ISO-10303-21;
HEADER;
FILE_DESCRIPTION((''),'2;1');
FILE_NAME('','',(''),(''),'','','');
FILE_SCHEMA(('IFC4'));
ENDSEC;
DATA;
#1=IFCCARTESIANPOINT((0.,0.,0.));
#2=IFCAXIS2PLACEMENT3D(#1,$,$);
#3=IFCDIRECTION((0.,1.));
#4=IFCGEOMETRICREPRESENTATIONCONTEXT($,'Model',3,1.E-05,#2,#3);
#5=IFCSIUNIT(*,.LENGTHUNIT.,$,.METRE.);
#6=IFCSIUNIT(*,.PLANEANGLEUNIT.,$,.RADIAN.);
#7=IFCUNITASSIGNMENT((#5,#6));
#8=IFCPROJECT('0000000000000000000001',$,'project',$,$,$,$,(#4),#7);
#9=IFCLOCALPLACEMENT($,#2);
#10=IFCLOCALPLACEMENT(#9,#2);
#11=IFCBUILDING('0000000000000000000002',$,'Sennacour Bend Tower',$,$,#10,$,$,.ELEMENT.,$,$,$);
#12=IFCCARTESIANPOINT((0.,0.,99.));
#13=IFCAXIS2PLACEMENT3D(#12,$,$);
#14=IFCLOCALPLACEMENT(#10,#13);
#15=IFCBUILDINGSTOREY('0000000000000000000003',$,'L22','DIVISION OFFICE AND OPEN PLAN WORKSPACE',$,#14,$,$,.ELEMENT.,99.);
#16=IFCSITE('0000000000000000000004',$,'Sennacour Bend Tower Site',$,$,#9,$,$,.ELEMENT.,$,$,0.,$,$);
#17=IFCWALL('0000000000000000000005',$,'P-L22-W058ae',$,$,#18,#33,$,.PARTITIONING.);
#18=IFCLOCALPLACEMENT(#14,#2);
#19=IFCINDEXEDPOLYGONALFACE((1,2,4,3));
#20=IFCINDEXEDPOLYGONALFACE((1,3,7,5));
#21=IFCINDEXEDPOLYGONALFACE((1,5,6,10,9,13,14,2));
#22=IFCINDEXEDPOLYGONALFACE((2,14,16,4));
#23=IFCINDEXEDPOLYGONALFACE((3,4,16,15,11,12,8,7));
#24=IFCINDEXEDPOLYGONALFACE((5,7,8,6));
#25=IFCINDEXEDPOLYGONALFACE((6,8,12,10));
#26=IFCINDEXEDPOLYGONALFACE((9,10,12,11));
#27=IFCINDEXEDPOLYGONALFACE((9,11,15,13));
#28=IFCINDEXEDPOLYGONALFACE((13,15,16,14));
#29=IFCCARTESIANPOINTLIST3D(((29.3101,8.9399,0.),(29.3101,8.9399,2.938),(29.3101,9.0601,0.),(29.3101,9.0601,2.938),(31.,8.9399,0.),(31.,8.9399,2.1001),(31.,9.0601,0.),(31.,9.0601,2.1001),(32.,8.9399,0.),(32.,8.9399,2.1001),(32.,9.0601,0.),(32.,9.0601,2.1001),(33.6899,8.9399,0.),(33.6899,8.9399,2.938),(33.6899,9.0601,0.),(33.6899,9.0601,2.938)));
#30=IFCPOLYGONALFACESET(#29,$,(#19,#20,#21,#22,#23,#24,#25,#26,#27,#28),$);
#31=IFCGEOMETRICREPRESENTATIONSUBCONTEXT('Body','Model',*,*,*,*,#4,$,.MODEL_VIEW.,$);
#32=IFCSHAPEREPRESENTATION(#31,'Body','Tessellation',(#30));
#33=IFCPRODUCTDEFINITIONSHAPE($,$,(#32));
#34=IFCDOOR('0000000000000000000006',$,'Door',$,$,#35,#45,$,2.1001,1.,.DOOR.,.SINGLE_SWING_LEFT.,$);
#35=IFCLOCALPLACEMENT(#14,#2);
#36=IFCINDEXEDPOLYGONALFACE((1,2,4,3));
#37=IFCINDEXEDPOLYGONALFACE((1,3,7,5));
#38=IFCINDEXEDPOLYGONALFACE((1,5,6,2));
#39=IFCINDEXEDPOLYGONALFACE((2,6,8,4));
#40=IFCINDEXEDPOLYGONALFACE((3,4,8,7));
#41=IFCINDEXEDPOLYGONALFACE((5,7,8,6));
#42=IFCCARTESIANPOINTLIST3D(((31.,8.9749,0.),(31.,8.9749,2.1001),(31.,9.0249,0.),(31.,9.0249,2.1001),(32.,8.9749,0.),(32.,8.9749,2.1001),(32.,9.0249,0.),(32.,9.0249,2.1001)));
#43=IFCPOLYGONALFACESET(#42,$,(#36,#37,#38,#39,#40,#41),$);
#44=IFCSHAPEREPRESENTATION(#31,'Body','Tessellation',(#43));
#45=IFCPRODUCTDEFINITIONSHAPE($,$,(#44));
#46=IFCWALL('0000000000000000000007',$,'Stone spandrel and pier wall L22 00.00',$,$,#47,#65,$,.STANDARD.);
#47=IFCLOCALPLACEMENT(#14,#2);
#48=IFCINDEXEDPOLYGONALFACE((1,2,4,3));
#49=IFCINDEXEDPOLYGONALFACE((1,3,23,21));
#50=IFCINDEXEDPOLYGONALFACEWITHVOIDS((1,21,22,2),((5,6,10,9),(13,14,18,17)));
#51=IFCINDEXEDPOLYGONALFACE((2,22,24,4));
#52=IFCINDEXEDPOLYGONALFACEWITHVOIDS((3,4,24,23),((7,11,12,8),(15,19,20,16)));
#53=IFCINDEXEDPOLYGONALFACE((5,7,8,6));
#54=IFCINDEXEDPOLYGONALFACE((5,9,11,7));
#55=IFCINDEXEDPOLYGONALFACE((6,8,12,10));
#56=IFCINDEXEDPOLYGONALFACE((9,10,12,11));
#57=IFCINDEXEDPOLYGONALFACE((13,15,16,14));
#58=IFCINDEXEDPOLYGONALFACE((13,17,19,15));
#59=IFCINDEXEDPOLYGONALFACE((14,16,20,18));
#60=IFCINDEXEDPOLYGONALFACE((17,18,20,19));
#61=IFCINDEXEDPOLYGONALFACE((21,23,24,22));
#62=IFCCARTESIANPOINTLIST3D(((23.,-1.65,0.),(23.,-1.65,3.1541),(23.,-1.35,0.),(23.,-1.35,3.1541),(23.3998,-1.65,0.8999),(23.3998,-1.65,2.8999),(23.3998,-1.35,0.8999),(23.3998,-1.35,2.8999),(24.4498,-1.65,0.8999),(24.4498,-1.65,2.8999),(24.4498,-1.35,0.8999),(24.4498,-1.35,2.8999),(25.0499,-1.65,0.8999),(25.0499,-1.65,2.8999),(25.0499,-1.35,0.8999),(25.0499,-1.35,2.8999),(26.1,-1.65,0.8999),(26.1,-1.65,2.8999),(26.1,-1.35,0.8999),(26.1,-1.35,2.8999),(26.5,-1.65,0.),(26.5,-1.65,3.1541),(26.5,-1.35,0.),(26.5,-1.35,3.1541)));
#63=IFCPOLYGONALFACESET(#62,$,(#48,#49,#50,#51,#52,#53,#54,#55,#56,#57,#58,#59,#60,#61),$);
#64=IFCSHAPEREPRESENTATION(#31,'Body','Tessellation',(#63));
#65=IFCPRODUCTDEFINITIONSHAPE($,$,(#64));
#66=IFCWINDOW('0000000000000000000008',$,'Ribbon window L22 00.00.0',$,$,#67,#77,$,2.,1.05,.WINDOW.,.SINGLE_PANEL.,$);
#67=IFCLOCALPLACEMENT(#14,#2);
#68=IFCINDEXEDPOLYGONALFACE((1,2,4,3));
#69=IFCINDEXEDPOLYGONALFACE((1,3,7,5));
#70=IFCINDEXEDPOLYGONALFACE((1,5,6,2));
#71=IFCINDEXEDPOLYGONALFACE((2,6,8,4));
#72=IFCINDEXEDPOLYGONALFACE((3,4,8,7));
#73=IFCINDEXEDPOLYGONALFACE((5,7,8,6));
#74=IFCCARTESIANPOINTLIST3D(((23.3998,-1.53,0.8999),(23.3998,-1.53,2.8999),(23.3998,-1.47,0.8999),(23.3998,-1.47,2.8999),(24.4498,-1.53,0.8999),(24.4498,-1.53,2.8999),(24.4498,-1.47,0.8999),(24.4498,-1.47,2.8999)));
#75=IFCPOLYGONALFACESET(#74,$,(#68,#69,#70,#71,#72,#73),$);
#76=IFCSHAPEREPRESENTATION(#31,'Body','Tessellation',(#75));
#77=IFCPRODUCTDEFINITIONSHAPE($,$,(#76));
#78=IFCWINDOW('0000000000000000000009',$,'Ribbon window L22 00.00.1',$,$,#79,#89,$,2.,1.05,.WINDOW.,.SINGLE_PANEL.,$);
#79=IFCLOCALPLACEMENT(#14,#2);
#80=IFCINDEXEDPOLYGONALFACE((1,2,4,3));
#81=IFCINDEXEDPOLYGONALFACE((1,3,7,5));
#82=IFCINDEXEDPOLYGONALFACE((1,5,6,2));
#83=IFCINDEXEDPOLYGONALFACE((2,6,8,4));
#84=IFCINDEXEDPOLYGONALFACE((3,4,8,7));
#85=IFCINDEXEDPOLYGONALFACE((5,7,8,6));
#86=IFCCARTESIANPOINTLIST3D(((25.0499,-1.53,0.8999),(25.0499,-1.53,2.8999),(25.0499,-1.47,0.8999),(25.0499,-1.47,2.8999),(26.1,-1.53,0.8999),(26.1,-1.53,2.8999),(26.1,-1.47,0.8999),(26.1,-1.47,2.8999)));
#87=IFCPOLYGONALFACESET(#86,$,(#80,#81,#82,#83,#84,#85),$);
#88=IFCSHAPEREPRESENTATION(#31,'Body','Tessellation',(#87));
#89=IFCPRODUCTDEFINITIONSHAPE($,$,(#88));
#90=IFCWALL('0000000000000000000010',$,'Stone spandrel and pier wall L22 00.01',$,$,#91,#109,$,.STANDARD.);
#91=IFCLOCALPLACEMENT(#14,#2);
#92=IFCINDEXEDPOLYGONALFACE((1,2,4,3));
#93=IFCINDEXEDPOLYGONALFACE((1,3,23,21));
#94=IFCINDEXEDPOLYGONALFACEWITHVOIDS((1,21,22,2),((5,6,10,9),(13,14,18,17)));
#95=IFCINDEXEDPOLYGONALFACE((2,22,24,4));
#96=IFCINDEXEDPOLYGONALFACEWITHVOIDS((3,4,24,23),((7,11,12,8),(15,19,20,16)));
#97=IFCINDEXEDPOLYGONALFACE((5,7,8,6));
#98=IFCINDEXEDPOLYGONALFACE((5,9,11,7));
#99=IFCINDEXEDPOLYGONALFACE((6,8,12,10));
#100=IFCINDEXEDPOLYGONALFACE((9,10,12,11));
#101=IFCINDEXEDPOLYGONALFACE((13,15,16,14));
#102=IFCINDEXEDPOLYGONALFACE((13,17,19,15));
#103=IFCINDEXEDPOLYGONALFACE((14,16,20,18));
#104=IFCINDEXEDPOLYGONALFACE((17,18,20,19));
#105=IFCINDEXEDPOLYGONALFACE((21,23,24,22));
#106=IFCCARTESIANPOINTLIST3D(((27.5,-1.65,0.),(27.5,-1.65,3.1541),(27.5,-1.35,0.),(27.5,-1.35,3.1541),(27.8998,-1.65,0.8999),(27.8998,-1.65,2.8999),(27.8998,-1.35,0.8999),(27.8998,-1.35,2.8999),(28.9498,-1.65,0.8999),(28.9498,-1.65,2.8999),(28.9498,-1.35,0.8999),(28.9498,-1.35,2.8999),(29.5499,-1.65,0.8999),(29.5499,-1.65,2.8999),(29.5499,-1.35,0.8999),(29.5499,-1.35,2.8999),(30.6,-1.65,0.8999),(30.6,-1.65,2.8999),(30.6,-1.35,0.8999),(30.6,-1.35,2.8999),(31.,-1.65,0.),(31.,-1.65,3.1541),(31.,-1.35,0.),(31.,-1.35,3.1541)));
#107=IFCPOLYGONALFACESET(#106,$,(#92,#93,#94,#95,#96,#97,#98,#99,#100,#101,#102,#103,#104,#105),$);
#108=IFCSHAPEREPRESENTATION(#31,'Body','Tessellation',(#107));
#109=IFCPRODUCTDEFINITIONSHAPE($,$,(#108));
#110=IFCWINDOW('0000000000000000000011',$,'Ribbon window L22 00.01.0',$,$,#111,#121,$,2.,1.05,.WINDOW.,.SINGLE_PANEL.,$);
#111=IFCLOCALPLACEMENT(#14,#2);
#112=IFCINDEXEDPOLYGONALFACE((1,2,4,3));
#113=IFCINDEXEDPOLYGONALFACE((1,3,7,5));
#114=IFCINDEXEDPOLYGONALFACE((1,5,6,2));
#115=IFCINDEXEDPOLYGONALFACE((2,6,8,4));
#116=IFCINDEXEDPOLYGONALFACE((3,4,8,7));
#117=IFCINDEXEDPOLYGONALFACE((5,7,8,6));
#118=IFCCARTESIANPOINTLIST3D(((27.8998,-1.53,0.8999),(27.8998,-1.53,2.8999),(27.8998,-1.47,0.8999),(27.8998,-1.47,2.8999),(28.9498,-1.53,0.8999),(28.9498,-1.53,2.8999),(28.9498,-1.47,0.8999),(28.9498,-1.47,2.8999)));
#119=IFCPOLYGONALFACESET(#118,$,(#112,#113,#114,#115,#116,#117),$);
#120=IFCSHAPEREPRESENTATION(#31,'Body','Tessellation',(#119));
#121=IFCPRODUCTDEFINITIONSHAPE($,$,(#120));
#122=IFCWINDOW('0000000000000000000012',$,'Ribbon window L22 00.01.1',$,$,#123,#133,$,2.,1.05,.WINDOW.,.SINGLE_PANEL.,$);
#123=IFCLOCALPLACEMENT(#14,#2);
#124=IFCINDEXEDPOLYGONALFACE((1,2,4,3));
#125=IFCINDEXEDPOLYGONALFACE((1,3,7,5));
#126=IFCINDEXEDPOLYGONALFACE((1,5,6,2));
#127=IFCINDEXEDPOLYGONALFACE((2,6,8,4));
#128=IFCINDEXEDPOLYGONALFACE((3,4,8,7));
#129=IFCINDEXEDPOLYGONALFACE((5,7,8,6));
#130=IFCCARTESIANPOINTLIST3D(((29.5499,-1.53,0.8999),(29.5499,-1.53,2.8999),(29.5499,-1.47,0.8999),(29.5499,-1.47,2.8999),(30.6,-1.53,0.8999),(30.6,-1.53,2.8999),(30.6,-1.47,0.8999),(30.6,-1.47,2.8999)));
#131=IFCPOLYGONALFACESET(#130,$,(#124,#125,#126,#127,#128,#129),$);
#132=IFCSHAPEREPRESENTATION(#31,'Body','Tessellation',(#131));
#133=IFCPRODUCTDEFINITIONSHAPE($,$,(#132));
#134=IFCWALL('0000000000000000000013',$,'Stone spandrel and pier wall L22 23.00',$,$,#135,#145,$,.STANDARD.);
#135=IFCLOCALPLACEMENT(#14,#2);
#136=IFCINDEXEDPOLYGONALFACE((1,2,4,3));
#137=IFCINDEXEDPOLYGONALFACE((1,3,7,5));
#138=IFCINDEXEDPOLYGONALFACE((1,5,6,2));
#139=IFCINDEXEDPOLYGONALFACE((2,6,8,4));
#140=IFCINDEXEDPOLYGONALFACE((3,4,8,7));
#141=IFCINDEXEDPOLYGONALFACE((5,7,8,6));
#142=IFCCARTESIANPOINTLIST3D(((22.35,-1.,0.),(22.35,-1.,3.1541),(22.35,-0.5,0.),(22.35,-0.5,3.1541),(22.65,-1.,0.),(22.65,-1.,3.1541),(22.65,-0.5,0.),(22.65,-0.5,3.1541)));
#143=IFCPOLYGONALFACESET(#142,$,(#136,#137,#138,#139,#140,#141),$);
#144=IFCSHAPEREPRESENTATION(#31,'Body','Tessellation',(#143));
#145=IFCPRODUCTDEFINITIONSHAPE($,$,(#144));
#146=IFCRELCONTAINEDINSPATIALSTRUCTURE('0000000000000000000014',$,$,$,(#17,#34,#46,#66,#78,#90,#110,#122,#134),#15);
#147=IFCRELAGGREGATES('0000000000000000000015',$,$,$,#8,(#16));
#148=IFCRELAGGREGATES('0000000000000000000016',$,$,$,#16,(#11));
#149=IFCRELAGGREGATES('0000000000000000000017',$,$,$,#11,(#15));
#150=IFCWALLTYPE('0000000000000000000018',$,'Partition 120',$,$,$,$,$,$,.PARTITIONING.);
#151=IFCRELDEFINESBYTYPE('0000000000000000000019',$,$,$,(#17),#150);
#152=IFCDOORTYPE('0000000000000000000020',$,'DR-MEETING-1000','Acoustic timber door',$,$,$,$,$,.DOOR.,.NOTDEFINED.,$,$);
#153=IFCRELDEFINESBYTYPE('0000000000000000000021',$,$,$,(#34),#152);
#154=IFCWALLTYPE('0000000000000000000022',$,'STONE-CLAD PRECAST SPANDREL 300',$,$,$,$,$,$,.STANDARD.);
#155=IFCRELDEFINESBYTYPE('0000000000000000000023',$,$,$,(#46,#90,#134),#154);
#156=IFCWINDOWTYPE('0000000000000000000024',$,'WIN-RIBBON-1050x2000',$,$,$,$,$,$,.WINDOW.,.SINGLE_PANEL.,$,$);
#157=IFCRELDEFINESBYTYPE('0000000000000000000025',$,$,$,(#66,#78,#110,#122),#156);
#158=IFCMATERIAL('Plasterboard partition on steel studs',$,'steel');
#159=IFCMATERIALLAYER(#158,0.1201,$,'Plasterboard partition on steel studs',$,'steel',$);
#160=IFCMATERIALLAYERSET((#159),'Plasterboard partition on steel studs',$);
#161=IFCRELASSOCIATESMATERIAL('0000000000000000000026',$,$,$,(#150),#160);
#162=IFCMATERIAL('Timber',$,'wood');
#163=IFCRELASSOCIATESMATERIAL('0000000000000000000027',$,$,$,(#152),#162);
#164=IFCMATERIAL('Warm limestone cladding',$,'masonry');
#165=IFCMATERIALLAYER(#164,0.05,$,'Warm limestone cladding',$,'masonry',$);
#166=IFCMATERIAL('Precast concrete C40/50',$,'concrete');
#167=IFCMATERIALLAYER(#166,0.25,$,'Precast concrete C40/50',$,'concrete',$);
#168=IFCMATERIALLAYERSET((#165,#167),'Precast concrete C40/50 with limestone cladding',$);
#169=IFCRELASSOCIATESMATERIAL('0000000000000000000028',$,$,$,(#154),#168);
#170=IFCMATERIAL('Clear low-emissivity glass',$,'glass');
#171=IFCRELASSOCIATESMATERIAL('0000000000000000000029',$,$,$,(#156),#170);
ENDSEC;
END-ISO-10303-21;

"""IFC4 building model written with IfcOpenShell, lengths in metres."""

from ifc_helpers import new_model, si_unit, direction, frame, frame_2d, origin, place, context, subcontext, project, spatial, rectangle, extrude, material, layer, layer_set, type_object, element, fill, save


model = new_model("IFC4")

# Units and contexts
model_context = context("Model", 3, precision=1e-05, world=origin(), true_north=direction((0.0, 1.0)))
body_context = subcontext(model_context, "Body", "Model", "MODEL_VIEW")
ifc_project = project(units=[si_unit("LENGTHUNIT", "METRE"), si_unit("PLANEANGLEUNIT", "RADIAN")], contexts=[model_context])

# Site, building, storey
site_placement = place(None, origin())
site = spatial("IfcSite", under=ifc_project, at=site_placement, Name="Sennacour Bend Tower Site", CompositionType="ELEMENT", RefElevation=0.0)
building_placement = place(site_placement, origin())
building = spatial("IfcBuilding", under=site, at=building_placement, Name="Sennacour Bend Tower", CompositionType="ELEMENT")
storey_placement = place(building_placement, frame((0.0, 0.0, 99.0)))
storey = spatial("IfcBuildingStorey", under=building, at=storey_placement, Name="L22", Description="DIVISION OFFICE AND OPEN PLAN WORKSPACE", CompositionType="ELEMENT", Elevation=99.0)

# Shared definitions
ifc_material_1 = material(Name="Plasterboard partition on steel studs", Category="steel")
ifc_layer_1 = layer(ifc_material_1, 0.1201, Name="Plasterboard partition on steel studs", Category="steel")
ifc_layer_set_1 = layer_set([ifc_layer_1], Name="Plasterboard partition on steel studs")
wall_type_1 = type_object("IfcWallType", Name="Partition 120", PredefinedType="PARTITIONING", material=ifc_layer_set_1)

# Wall, opening, door
ifc_material_2 = material(Name="Timber", Category="wood")
wall_1_placement = place(storey_placement, frame((29.3101, 9.0, 0.0), z_axis=(0.0, 0.0, 1.0), x_axis=(1.0, 0.0, 0.0)))
wall_1 = element("IfcWall", 1, at=wall_1_placement, inside=storey, type_object=wall_type_1, Name="P-L22-W058ae", PredefinedType="PARTITIONING", context=body_context, shape_type="SweptSolid", body=[
    extrude(rectangle(XDim=4.3799, YDim=0.1201, at=frame_2d((2.1899, 0.0))), origin(), (0.0, 0.0, 1.0), 2.938),
])
opening_1_placement = place(wall_1_placement, frame((1.6899, 0.0, 0.0)))
opening_1 = element("IfcOpeningElement", 2, at=opening_1_placement, cuts=wall_1, PredefinedType="OPENING", context=body_context, shape_type="SweptSolid", body=[
    extrude(rectangle(XDim=1.0, YDim=2.1001, at=frame_2d((0.5, 1.05))), frame((0.0, 0.0701, 0.0), z_axis=(0.0, -1.0, 0.0), x_axis=(1.0, 0.0, 0.0)), (0.0, 0.0, 1.0), 0.1401),
])
door_type_1 = type_object("IfcDoorType", Name="DR-MEETING-1000", Description="Acoustic timber door", OperationType="NOTDEFINED", PredefinedType="DOOR", material=ifc_material_2)
door_1_placement = place(opening_1_placement, origin())
door_1 = element("IfcDoor", 3, at=door_1_placement, inside=storey, type_object=door_type_1, Name="Door", OperationType="SINGLE_SWING_LEFT", OverallHeight=2.1001, OverallWidth=1.0, PredefinedType="DOOR", context=body_context, shape_type="SweptSolid", body=[
    extrude(rectangle(XDim=1.0, YDim=2.1001, at=frame_2d((0.5, 1.05))), frame((0.0, 0.0249, 0.0), z_axis=(0.0, -1.0, 0.0), x_axis=(1.0, 0.0, 0.0)), (0.0, 0.0, 1.0), 0.05),
])
fill(opening_1, door_1)

# Walls, openings, windows
ifc_material_3 = material(Name="Warm limestone cladding", Category="masonry")
ifc_layer_2 = layer(ifc_material_3, 0.05, Name="Warm limestone cladding", Category="masonry")
ifc_material_4 = material(Name="Precast concrete C40/50", Category="concrete")
ifc_layer_3 = layer(ifc_material_4, 0.25, Name="Precast concrete C40/50", Category="concrete")
ifc_layer_set_2 = layer_set([ifc_layer_2, ifc_layer_3], Name="Precast concrete C40/50 with limestone cladding")
wall_type_2 = type_object("IfcWallType", Name="STONE-CLAD PRECAST SPANDREL 300", PredefinedType="STANDARD", material=ifc_layer_set_2)
wall_2_placement = place(storey_placement, frame((23.0, -1.5, 0.0), z_axis=(0.0, 0.0, 1.0), x_axis=(1.0, 0.0, 0.0)))
wall_2 = element("IfcWall", 4, at=wall_2_placement, inside=storey, type_object=wall_type_2, Name="Stone spandrel and pier wall L22 00.00", PredefinedType="STANDARD", context=body_context, shape_type="SweptSolid", body=[
    extrude(rectangle(XDim=3.5, YDim=0.3, at=frame_2d((1.75, 0.0))), origin(), (0.0, 0.0, 1.0), 3.1541),
])
opening_2_placement = place(wall_2_placement, frame((0.3999, 0.0, 0.8999)))
opening_2 = element("IfcOpeningElement", 5, at=opening_2_placement, cuts=wall_2, PredefinedType="OPENING", context=body_context, shape_type="SweptSolid", body=[
    extrude(rectangle(XDim=1.05, YDim=2.0, at=frame_2d((0.5249, 1.0))), frame((0.0, 0.1602, 0.0), z_axis=(0.0, -1.0, 0.0), x_axis=(1.0, 0.0, 0.0)), (0.0, 0.0, 1.0), 0.3201),
])
opening_3_placement = place(wall_2_placement, frame((2.05, 0.0, 0.8999)))
opening_3 = element("IfcOpeningElement", 6, at=opening_3_placement, cuts=wall_2, PredefinedType="OPENING", context=body_context, shape_type="SweptSolid", body=[
    extrude(rectangle(XDim=1.05, YDim=2.0, at=frame_2d((0.5249, 1.0))), frame((0.0, 0.1602, 0.0), z_axis=(0.0, -1.0, 0.0), x_axis=(1.0, 0.0, 0.0)), (0.0, 0.0, 1.0), 0.3201),
])
ifc_material_5 = material(Name="Clear low-emissivity glass", Category="glass")
window_type = type_object("IfcWindowType", Name="WIN-RIBBON-1050x2000", PartitioningType="SINGLE_PANEL", PredefinedType="WINDOW", material=ifc_material_5)
window_1_placement = place(opening_2_placement, origin())
window_1 = element("IfcWindow", 7, at=window_1_placement, inside=storey, type_object=window_type, Name="Ribbon window L22 00.00.0", OverallHeight=2.0, OverallWidth=1.05, PartitioningType="SINGLE_PANEL", PredefinedType="WINDOW", context=body_context, shape_type="SweptSolid", body=[
    extrude(rectangle(XDim=1.05, YDim=2.0, at=frame_2d((0.5249, 1.0))), frame((0.0, 0.03, 0.0), z_axis=(0.0, -1.0, 0.0), x_axis=(1.0, 0.0, 0.0)), (0.0, 0.0, 1.0), 0.0601),
])
fill(opening_2, window_1)
window_2_placement = place(opening_3_placement, origin())
window_2 = element("IfcWindow", 8, at=window_2_placement, inside=storey, type_object=window_type, Name="Ribbon window L22 00.00.1", OverallHeight=2.0, OverallWidth=1.05, PartitioningType="SINGLE_PANEL", PredefinedType="WINDOW", context=body_context, shape_type="SweptSolid", body=[
    extrude(rectangle(XDim=1.05, YDim=2.0, at=frame_2d((0.5249, 1.0))), frame((0.0, 0.03, 0.0), z_axis=(0.0, -1.0, 0.0), x_axis=(1.0, 0.0, 0.0)), (0.0, 0.0, 1.0), 0.0601),
])
fill(opening_3, window_2)
wall_3_placement = place(storey_placement, frame((27.5, -1.5, 0.0), z_axis=(0.0, 0.0, 1.0), x_axis=(1.0, 0.0, 0.0)))
wall_3 = element("IfcWall", 9, at=wall_3_placement, inside=storey, type_object=wall_type_2, Name="Stone spandrel and pier wall L22 00.01", PredefinedType="STANDARD", context=body_context, shape_type="SweptSolid", body=[
    extrude(rectangle(XDim=3.5, YDim=0.3, at=frame_2d((1.75, 0.0))), origin(), (0.0, 0.0, 1.0), 3.1541),
])
opening_4_placement = place(wall_3_placement, frame((0.3999, 0.0, 0.8999)))
opening_4 = element("IfcOpeningElement", 10, at=opening_4_placement, cuts=wall_3, PredefinedType="OPENING", context=body_context, shape_type="SweptSolid", body=[
    extrude(rectangle(XDim=1.05, YDim=2.0, at=frame_2d((0.5249, 1.0))), frame((0.0, 0.1602, 0.0), z_axis=(0.0, -1.0, 0.0), x_axis=(1.0, 0.0, 0.0)), (0.0, 0.0, 1.0), 0.3201),
])
opening_5_placement = place(wall_3_placement, frame((2.05, 0.0, 0.8999)))
opening_5 = element("IfcOpeningElement", 11, at=opening_5_placement, cuts=wall_3, PredefinedType="OPENING", context=body_context, shape_type="SweptSolid", body=[
    extrude(rectangle(XDim=1.05, YDim=2.0, at=frame_2d((0.5249, 1.0))), frame((0.0, 0.1602, 0.0), z_axis=(0.0, -1.0, 0.0), x_axis=(1.0, 0.0, 0.0)), (0.0, 0.0, 1.0), 0.3201),
])
window_3_placement = place(opening_4_placement, origin())
window_3 = element("IfcWindow", 12, at=window_3_placement, inside=storey, type_object=window_type, Name="Ribbon window L22 00.01.0", OverallHeight=2.0, OverallWidth=1.05, PartitioningType="SINGLE_PANEL", PredefinedType="WINDOW", context=body_context, shape_type="SweptSolid", body=[
    extrude(rectangle(XDim=1.05, YDim=2.0, at=frame_2d((0.5249, 1.0))), frame((0.0, 0.03, 0.0), z_axis=(0.0, -1.0, 0.0), x_axis=(1.0, 0.0, 0.0)), (0.0, 0.0, 1.0), 0.0601),
])
fill(opening_4, window_3)
window_4_placement = place(opening_5_placement, origin())
window_4 = element("IfcWindow", 13, at=window_4_placement, inside=storey, type_object=window_type, Name="Ribbon window L22 00.01.1", OverallHeight=2.0, OverallWidth=1.05, PartitioningType="SINGLE_PANEL", PredefinedType="WINDOW", context=body_context, shape_type="SweptSolid", body=[
    extrude(rectangle(XDim=1.05, YDim=2.0, at=frame_2d((0.5249, 1.0))), frame((0.0, 0.03, 0.0), z_axis=(0.0, -1.0, 0.0), x_axis=(1.0, 0.0, 0.0)), (0.0, 0.0, 1.0), 0.0601),
])
fill(opening_5, window_4)

# Wall
wall_4_placement = place(storey_placement, frame((22.5, -0.5, 0.0), z_axis=(0.0, 0.0, 1.0), x_axis=(0.0, -1.0, 0.0)))
element("IfcWall", 14, at=wall_4_placement, inside=storey, type_object=wall_type_2, Name="Stone spandrel and pier wall L22 23.00", PredefinedType="STANDARD", context=body_context, shape_type="SweptSolid", body=[
    extrude(rectangle(XDim=0.5, YDim=0.3, at=frame_2d((0.25, 0.0))), origin(), (0.0, 0.0, 1.0), 3.1541),
])

save(model, "model.ifc")
